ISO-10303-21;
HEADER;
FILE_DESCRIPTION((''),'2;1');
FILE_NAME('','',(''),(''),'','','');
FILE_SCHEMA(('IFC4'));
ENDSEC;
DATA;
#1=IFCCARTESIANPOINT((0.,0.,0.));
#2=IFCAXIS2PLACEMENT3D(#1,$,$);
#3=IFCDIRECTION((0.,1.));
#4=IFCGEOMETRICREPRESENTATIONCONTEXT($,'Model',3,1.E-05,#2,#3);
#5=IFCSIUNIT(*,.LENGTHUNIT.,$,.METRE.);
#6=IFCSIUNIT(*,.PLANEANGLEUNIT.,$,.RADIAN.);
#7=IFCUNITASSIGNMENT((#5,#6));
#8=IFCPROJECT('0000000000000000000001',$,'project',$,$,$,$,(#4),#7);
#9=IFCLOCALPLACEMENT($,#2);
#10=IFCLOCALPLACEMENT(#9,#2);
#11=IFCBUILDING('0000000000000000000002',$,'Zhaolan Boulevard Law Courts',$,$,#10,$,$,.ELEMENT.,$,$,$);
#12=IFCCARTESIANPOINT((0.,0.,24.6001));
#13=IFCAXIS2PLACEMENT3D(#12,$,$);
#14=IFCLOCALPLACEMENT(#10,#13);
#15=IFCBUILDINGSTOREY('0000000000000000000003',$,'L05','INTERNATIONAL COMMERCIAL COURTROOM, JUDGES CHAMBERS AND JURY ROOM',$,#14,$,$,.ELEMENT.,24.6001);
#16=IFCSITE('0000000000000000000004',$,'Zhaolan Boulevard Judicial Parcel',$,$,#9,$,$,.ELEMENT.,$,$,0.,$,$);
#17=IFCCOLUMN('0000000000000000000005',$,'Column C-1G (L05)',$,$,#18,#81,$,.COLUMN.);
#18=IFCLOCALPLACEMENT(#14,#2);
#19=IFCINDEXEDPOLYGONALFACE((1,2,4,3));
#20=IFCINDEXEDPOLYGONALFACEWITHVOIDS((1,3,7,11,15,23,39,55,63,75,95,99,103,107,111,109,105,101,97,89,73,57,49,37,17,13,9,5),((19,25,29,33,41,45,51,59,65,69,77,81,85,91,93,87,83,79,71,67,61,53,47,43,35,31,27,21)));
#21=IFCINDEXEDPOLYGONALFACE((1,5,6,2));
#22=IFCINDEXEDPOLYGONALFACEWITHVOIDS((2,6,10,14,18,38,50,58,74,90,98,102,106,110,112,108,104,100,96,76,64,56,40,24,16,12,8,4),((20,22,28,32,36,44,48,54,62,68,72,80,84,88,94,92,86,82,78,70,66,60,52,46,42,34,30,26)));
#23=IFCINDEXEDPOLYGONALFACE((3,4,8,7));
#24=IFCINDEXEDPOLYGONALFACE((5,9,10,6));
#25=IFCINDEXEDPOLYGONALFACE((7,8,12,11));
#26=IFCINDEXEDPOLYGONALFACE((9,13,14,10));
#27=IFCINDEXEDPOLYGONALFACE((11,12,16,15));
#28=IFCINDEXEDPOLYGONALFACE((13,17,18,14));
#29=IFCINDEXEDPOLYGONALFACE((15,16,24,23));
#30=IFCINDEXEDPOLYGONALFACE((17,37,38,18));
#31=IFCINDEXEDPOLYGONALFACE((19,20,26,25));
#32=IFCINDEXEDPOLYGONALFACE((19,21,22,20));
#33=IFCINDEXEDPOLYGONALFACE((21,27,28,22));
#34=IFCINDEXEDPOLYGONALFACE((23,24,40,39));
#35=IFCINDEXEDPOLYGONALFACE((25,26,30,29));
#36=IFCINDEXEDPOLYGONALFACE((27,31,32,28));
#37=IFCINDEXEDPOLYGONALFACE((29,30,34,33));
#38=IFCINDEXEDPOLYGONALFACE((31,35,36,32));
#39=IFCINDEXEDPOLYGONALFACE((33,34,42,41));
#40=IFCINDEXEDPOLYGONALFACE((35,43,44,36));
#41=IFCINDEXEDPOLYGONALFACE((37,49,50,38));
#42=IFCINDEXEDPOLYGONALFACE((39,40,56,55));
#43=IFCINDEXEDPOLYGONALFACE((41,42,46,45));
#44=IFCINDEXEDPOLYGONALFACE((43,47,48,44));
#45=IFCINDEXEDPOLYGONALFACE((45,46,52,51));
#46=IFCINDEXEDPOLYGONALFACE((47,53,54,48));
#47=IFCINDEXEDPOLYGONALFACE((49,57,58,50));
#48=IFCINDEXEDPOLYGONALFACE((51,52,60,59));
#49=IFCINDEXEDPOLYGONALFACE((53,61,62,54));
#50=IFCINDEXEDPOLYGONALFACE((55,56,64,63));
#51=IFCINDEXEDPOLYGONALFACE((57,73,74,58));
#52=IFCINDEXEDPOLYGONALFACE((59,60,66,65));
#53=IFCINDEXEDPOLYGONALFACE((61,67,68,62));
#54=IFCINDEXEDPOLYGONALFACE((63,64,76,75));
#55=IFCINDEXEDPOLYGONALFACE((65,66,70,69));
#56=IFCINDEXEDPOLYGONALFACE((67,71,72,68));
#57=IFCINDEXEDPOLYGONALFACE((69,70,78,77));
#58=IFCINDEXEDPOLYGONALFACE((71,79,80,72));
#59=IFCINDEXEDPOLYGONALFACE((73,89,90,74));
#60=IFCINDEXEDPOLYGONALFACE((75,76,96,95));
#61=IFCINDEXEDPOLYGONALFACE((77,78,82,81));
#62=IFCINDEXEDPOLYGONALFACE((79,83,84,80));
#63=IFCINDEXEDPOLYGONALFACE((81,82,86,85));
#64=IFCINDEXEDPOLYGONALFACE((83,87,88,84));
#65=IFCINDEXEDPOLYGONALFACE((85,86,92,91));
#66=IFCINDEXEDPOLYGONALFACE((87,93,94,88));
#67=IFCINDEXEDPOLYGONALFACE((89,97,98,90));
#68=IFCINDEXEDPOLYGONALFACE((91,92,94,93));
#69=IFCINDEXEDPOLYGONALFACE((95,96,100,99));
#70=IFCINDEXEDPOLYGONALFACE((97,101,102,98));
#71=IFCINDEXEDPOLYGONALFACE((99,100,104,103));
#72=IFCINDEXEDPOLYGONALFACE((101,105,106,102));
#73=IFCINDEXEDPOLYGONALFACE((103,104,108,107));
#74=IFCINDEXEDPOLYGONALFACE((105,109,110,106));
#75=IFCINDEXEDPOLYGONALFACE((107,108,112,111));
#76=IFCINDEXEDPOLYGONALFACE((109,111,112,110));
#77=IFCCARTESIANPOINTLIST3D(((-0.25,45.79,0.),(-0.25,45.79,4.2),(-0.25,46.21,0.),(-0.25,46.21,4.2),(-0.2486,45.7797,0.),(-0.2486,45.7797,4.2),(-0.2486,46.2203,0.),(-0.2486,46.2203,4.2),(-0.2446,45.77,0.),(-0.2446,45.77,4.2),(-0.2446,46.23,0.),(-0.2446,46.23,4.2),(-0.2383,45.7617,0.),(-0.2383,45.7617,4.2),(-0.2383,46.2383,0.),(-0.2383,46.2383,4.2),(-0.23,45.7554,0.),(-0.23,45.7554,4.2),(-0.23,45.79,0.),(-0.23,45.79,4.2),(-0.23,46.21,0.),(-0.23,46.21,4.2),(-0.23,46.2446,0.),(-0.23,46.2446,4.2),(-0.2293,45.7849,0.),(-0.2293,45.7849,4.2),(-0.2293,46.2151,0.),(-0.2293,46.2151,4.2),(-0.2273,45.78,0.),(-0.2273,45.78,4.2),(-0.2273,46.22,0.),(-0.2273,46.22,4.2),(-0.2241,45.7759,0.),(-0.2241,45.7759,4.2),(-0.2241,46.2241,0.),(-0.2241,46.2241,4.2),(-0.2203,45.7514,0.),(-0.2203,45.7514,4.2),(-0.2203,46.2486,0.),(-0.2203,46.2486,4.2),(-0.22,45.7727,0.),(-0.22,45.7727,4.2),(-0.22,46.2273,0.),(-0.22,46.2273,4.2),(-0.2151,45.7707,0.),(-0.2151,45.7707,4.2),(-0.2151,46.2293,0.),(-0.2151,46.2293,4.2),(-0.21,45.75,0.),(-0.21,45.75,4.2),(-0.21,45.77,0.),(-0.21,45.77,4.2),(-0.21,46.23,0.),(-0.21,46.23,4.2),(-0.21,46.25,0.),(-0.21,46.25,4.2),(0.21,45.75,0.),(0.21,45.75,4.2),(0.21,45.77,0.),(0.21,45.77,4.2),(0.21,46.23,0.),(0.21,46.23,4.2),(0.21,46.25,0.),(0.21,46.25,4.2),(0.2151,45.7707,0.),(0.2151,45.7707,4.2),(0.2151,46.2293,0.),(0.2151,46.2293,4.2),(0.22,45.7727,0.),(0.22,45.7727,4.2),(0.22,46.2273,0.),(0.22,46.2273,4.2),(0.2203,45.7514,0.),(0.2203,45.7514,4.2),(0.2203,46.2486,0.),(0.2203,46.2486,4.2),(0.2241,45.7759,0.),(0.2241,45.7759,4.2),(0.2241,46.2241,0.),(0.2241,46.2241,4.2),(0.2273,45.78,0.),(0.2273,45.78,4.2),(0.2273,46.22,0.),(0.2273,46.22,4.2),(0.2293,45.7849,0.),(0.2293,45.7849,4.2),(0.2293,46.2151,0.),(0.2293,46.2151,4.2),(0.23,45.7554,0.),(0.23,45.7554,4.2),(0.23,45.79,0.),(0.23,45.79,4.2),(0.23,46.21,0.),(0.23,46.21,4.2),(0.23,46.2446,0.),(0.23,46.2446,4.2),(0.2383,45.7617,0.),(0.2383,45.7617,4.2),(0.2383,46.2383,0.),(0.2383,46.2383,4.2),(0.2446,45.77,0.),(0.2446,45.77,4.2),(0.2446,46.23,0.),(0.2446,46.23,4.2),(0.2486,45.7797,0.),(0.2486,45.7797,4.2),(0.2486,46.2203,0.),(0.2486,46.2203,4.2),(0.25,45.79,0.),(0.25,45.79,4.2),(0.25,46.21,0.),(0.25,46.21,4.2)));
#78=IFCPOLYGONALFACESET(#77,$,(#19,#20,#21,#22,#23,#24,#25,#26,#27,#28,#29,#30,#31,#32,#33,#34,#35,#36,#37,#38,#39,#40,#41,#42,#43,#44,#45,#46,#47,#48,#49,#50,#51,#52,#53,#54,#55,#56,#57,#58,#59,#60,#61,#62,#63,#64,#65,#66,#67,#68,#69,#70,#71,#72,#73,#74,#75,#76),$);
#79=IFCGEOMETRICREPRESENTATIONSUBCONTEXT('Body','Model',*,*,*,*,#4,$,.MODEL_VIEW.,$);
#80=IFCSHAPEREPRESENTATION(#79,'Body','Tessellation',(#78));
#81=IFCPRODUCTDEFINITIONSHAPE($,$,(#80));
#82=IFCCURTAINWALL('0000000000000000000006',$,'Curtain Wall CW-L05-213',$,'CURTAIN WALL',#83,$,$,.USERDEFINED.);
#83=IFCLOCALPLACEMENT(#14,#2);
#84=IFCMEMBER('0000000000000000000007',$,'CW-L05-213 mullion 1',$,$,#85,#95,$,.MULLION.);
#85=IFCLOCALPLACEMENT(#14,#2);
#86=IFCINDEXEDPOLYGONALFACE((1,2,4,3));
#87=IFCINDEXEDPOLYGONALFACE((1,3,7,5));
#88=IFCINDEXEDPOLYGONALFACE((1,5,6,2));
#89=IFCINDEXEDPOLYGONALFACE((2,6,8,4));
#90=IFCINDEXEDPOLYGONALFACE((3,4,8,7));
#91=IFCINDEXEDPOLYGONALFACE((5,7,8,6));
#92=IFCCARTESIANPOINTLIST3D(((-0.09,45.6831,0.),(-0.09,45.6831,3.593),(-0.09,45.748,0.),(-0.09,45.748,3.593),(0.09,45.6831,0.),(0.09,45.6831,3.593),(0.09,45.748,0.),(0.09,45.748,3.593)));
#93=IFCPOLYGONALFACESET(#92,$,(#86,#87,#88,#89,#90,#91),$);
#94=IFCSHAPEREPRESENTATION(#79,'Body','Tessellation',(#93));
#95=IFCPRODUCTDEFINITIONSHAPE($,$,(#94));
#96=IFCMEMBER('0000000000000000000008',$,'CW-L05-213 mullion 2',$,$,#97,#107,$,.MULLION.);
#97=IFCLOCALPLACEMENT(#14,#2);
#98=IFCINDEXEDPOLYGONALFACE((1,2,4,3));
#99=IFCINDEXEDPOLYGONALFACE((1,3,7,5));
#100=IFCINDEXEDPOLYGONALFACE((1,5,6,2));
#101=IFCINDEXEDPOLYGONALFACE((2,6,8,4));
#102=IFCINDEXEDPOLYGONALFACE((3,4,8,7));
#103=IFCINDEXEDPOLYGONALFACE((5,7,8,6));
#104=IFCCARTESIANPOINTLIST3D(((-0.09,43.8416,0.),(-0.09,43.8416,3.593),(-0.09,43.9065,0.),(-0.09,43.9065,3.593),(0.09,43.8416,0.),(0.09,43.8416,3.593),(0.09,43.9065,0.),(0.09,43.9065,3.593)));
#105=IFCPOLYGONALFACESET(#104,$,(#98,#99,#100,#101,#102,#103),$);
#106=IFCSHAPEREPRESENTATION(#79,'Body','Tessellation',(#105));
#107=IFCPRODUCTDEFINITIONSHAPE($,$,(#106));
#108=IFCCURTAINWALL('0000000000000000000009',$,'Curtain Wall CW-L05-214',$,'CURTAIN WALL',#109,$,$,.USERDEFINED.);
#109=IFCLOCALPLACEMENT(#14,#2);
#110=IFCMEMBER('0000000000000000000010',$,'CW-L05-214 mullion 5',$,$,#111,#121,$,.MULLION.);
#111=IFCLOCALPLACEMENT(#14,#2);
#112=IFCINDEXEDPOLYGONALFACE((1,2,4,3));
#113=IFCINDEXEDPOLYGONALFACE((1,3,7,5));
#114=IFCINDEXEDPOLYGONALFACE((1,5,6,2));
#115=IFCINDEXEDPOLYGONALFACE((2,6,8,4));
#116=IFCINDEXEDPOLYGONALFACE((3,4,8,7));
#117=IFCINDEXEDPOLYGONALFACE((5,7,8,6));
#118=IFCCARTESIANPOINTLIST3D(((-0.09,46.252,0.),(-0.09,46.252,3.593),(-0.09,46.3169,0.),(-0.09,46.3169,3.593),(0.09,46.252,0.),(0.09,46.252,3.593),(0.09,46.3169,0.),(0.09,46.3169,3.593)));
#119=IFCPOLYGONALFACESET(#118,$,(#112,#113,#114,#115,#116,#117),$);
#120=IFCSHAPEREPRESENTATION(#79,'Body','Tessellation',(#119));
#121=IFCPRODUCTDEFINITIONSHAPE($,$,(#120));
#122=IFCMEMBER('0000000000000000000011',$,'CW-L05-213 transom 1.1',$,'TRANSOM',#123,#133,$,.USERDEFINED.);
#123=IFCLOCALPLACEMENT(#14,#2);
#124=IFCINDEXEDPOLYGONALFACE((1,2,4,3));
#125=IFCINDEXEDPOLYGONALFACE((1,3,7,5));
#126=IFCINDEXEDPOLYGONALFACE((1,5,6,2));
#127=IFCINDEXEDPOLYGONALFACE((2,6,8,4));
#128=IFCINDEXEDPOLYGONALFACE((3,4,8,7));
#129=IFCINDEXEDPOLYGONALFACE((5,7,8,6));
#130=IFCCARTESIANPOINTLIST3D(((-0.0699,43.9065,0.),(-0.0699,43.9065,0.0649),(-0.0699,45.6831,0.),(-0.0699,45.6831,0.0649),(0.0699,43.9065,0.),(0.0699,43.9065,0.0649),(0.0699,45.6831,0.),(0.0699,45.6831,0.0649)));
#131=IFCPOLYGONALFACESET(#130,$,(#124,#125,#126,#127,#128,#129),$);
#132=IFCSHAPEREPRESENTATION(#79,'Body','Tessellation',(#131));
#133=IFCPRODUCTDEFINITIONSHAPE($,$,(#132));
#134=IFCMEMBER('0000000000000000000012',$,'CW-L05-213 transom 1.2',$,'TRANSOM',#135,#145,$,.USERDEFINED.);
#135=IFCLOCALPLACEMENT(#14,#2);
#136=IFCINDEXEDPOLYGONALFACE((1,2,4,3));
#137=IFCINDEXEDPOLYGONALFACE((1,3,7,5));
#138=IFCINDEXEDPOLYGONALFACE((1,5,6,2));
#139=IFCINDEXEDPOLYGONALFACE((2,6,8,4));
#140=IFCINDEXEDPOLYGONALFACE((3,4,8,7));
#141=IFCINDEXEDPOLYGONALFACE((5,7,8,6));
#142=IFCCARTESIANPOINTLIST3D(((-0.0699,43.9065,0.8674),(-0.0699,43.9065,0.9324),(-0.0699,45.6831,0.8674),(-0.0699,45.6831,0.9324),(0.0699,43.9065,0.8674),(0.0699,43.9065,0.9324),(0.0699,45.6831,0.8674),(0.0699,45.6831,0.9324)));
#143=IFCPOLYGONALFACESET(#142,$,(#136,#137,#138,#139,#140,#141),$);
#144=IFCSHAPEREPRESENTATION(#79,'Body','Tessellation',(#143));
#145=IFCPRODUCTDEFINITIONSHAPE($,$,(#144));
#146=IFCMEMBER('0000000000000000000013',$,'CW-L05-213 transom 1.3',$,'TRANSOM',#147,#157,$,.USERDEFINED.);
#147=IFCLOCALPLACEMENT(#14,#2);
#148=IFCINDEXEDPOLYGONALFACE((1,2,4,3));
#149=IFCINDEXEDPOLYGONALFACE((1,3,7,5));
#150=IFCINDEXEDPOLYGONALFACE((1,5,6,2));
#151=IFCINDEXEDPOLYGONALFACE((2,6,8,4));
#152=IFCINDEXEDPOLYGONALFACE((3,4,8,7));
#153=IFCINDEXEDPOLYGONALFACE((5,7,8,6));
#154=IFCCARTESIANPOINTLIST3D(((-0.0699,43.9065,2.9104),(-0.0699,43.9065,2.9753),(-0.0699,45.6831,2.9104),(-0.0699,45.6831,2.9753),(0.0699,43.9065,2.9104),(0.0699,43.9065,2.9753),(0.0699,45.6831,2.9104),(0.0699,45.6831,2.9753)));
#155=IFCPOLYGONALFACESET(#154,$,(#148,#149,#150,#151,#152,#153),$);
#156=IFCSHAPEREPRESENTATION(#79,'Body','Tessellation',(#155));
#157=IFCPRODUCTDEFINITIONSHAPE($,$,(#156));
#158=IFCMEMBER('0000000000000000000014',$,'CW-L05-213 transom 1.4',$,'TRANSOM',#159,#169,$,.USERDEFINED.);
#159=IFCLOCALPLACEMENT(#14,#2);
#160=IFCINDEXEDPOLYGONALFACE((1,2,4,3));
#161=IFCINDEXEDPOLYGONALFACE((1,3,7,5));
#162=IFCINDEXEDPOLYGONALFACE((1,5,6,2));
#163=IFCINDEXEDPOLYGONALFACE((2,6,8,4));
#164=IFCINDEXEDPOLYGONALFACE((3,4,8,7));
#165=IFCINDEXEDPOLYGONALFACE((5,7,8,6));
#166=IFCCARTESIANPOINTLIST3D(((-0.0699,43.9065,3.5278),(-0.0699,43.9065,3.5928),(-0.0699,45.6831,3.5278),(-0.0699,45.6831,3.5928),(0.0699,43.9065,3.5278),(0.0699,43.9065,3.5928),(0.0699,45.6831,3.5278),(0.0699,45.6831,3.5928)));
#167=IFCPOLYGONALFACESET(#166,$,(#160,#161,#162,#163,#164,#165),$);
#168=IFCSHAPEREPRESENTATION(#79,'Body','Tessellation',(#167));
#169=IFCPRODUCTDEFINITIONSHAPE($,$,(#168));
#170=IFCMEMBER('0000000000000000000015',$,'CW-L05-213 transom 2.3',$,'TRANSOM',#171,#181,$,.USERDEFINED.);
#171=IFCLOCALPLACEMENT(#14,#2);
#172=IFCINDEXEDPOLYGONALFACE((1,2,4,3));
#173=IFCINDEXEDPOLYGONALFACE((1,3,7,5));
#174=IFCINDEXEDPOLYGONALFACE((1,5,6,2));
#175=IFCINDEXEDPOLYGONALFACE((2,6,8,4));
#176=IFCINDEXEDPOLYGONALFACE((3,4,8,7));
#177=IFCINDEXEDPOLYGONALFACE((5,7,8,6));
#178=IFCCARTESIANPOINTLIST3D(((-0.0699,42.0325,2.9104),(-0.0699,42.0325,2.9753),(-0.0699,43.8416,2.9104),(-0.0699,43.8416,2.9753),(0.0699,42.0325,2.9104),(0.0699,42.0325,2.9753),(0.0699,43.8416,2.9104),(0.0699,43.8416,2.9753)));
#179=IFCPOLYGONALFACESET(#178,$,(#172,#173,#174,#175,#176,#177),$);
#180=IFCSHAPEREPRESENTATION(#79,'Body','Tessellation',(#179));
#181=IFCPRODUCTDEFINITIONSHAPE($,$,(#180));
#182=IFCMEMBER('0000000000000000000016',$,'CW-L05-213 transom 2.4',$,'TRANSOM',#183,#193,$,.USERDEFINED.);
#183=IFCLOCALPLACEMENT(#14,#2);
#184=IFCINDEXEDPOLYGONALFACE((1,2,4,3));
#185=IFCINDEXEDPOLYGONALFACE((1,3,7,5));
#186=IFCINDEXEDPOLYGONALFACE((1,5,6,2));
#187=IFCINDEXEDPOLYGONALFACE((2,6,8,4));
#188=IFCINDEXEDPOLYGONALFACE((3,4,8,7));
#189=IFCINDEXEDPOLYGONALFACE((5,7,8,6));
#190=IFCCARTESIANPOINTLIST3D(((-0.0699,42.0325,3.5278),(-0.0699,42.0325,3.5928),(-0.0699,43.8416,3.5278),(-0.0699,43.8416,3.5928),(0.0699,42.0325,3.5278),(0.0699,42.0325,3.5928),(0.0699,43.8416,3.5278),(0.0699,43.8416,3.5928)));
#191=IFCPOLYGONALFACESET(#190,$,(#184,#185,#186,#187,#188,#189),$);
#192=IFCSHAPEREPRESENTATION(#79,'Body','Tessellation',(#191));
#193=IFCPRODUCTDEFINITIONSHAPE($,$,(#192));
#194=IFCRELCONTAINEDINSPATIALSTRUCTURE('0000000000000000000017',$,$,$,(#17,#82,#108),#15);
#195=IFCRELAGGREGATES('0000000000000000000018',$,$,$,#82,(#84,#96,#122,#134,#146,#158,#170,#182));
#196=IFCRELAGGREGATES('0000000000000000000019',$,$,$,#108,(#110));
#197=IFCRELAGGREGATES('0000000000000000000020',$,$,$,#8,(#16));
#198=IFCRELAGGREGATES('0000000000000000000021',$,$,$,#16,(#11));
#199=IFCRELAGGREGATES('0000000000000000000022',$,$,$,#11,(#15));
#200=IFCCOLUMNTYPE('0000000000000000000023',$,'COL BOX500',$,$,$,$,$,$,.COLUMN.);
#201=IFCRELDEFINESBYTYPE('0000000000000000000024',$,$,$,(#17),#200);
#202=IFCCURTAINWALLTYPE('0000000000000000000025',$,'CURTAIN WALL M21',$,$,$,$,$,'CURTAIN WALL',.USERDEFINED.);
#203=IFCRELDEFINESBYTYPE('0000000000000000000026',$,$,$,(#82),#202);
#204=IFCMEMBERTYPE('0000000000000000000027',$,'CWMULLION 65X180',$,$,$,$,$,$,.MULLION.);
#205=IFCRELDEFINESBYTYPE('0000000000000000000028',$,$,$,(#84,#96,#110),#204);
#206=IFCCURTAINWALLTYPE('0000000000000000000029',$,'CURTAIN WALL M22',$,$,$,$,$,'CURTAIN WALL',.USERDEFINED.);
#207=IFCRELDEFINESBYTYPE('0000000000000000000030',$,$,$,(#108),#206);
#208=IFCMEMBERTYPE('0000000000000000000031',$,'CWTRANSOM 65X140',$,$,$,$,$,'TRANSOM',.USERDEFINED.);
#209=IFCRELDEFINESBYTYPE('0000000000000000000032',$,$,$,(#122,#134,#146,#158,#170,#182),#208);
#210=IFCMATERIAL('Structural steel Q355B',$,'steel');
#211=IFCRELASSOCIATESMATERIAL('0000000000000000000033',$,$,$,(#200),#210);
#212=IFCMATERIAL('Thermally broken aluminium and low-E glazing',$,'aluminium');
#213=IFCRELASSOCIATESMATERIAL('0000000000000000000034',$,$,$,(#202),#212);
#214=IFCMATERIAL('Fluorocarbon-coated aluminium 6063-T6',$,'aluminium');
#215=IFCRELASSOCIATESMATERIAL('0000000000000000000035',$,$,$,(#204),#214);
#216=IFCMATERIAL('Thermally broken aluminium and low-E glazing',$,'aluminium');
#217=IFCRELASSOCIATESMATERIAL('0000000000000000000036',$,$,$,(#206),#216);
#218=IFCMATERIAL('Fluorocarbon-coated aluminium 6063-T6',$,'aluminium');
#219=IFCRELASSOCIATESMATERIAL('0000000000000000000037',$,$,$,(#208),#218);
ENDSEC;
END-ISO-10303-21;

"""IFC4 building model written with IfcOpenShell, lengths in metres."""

from ifc_helpers import new_model, si_unit, direction, frame, origin, origin_2d, place, context, subcontext, project, spatial, rectangle, hollow_rectangle, extrude, material, material_profile, profile_set, type_object, element, aggregate, save


model = new_model("IFC4")

# Units and contexts
model_context = context("Model", 3, precision=1e-05, world=origin(), true_north=direction((0.0, 1.0)))
body_context = subcontext(model_context, "Body", "Model", "MODEL_VIEW")
ifc_project = project(units=[si_unit("LENGTHUNIT", "METRE"), si_unit("PLANEANGLEUNIT", "RADIAN")], contexts=[model_context])

# Site, building, storey
site_placement = place(None, origin())
site = spatial("IfcSite", under=ifc_project, at=site_placement, Name="Zhaolan Boulevard Judicial Parcel", CompositionType="ELEMENT", RefElevation=0.0)
building_placement = place(site_placement, origin())
building = spatial("IfcBuilding", under=site, at=building_placement, Name="Zhaolan Boulevard Law Courts", CompositionType="ELEMENT")
storey_placement = place(building_placement, frame((0.0, 0.0, 24.6001)))
storey = spatial("IfcBuildingStorey", under=building, at=storey_placement, Name="L05", Description="INTERNATIONAL COMMERCIAL COURTROOM, JUDGES CHAMBERS AND JURY ROOM", CompositionType="ELEMENT", Elevation=24.6001)

# Column
ifc_material_1 = material(Name="Structural steel Q355B", Category="steel")
ifc_material_profile_1 = material_profile(ifc_material_1, hollow_rectangle(XDim=0.5, YDim=0.5, WallThickness=0.02, InnerFilletRadius=0.02, OuterFilletRadius=0.04, at=origin_2d()), Name="BOX500x500x20")
ifc_profile_set_1 = profile_set([ifc_material_profile_1], Name="Structural steel Q355B")
column_type = type_object("IfcColumnType", Name="COL BOX500", PredefinedType="COLUMN", material=ifc_profile_set_1)
column_placement = place(storey_placement, frame((0.0, 46.0, 0.0), z_axis=(0.0, 0.0, 1.0), x_axis=(1.0, 0.0, 0.0)))
element("IfcColumn", 1, at=column_placement, inside=storey, type_object=column_type, Name="Column C-1G (L05)", PredefinedType="COLUMN", context=body_context, shape_type="SweptSolid", body=[
    extrude(hollow_rectangle(XDim=0.5, YDim=0.5, WallThickness=0.02, InnerFilletRadius=0.02, OuterFilletRadius=0.04, at=origin_2d()), origin(), (0.0, 0.0, 1.0), 4.2),
])

# Curtain wall, members
ifc_material_2 = material(Name="Thermally broken aluminium and low-E glazing", Category="aluminium")
curtain_wall_type_1 = type_object("IfcCurtainWallType", Name="CURTAIN WALL M21", ElementType="CURTAIN WALL", PredefinedType="USERDEFINED", material=ifc_material_2)
curtain_wall_1_placement = place(storey_placement, origin())
curtain_wall_1 = element("IfcCurtainWall", 2, at=curtain_wall_1_placement, inside=storey, type_object=curtain_wall_type_1, Name="Curtain Wall CW-L05-213", ObjectType="CURTAIN WALL", PredefinedType="USERDEFINED")
ifc_material_3 = material(Name="Fluorocarbon-coated aluminium 6063-T6", Category="aluminium")
ifc_material_profile_2 = material_profile(ifc_material_3, rectangle(XDim=0.1799, YDim=0.0649, at=origin_2d()), Name="AL65x180")
ifc_profile_set_2 = profile_set([ifc_material_profile_2], Name="Fluorocarbon-coated aluminium 6063-T6")
member_type_1 = type_object("IfcMemberType", Name="CWMULLION 65X180", PredefinedType="MULLION", material=ifc_profile_set_2)
member_1_placement = place(storey_placement, frame((0.0, 45.7156, 0.0), z_axis=(0.0, 0.0, 1.0), x_axis=(1.0, 0.0, 0.0)))
member_1 = element("IfcMember", 3, at=member_1_placement, type_object=member_type_1, Name="CW-L05-213 mullion 1", PredefinedType="MULLION", context=body_context, shape_type="SweptSolid", body=[
    extrude(rectangle(XDim=0.1799, YDim=0.0649, at=origin_2d()), origin(), (0.0, 0.0, 1.0), 3.593),
])
member_2_placement = place(storey_placement, frame((0.0, 43.874, 0.0), z_axis=(0.0, 0.0, 1.0), x_axis=(1.0, 0.0, 0.0)))
member_2 = element("IfcMember", 4, at=member_2_placement, type_object=member_type_1, Name="CW-L05-213 mullion 2", PredefinedType="MULLION", context=body_context, shape_type="SweptSolid", body=[
    extrude(rectangle(XDim=0.1799, YDim=0.0649, at=origin_2d()), origin(), (0.0, 0.0, 1.0), 3.593),
])

# Curtain wall, member
ifc_material_4 = material(Name="Thermally broken aluminium and low-E glazing", Category="aluminium")
curtain_wall_type_2 = type_object("IfcCurtainWallType", Name="CURTAIN WALL M22", ElementType="CURTAIN WALL", PredefinedType="USERDEFINED", material=ifc_material_4)
curtain_wall_2_placement = place(storey_placement, origin())
curtain_wall_2 = element("IfcCurtainWall", 5, at=curtain_wall_2_placement, inside=storey, type_object=curtain_wall_type_2, Name="Curtain Wall CW-L05-214", ObjectType="CURTAIN WALL", PredefinedType="USERDEFINED")
member_3_placement = place(storey_placement, frame((0.0, 46.2844, 0.0), z_axis=(0.0, 0.0, 1.0), x_axis=(1.0, 0.0, 0.0)))
member_3 = element("IfcMember", 6, at=member_3_placement, type_object=member_type_1, Name="CW-L05-214 mullion 5", PredefinedType="MULLION", context=body_context, shape_type="SweptSolid", body=[
    extrude(rectangle(XDim=0.1799, YDim=0.0649, at=origin_2d()), origin(), (0.0, 0.0, 1.0), 3.593),
])

# Members
ifc_material_5 = material(Name="Fluorocarbon-coated aluminium 6063-T6", Category="aluminium")
ifc_material_profile_3 = material_profile(ifc_material_5, rectangle(XDim=0.1399, YDim=0.0649, at=origin_2d()), Name="AL65x140")
ifc_profile_set_3 = profile_set([ifc_material_profile_3], Name="Fluorocarbon-coated aluminium 6063-T6")
member_type_2 = type_object("IfcMemberType", Name="CWTRANSOM 65X140", ElementType="TRANSOM", PredefinedType="USERDEFINED", material=ifc_profile_set_3)
member_4_placement = place(storey_placement, frame((0.0, 45.6831, 0.0325), z_axis=(0.0, -1.0, 0.0), x_axis=(1.0, 0.0, 0.0)))
member_4 = element("IfcMember", 7, at=member_4_placement, type_object=member_type_2, Name="CW-L05-213 transom 1.1", ObjectType="TRANSOM", PredefinedType="USERDEFINED", context=body_context, shape_type="SweptSolid", body=[
    extrude(rectangle(XDim=0.1399, YDim=0.0649, at=origin_2d()), origin(), (0.0, 0.0, 1.0), 1.7766),
])
member_5_placement = place(storey_placement, frame((0.0, 45.6831, 0.8999), z_axis=(0.0, -1.0, 0.0), x_axis=(1.0, 0.0, 0.0)))
member_5 = element("IfcMember", 8, at=member_5_placement, type_object=member_type_2, Name="CW-L05-213 transom 1.2", ObjectType="TRANSOM", PredefinedType="USERDEFINED", context=body_context, shape_type="SweptSolid", body=[
    extrude(rectangle(XDim=0.1399, YDim=0.0649, at=origin_2d()), origin(), (0.0, 0.0, 1.0), 1.7766),
])
member_6_placement = place(storey_placement, frame((0.0, 45.6831, 2.9429), z_axis=(0.0, -1.0, 0.0), x_axis=(1.0, 0.0, 0.0)))
member_6 = element("IfcMember", 9, at=member_6_placement, type_object=member_type_2, Name="CW-L05-213 transom 1.3", ObjectType="TRANSOM", PredefinedType="USERDEFINED", context=body_context, shape_type="SweptSolid", body=[
    extrude(rectangle(XDim=0.1399, YDim=0.0649, at=origin_2d()), origin(), (0.0, 0.0, 1.0), 1.7766),
])
member_7_placement = place(storey_placement, frame((0.0, 45.6831, 3.5603), z_axis=(0.0, -1.0, 0.0), x_axis=(1.0, 0.0, 0.0)))
member_7 = element("IfcMember", 10, at=member_7_placement, type_object=member_type_2, Name="CW-L05-213 transom 1.4", ObjectType="TRANSOM", PredefinedType="USERDEFINED", context=body_context, shape_type="SweptSolid", body=[
    extrude(rectangle(XDim=0.1399, YDim=0.0649, at=origin_2d()), origin(), (0.0, 0.0, 1.0), 1.7766),
])
member_8_placement = place(storey_placement, frame((0.0, 43.8416, 2.9429), z_axis=(0.0, -1.0, 0.0), x_axis=(1.0, 0.0, 0.0)))
member_8 = element("IfcMember", 11, at=member_8_placement, type_object=member_type_2, Name="CW-L05-213 transom 2.3", ObjectType="TRANSOM", PredefinedType="USERDEFINED", context=body_context, shape_type="SweptSolid", body=[
    extrude(rectangle(XDim=0.1399, YDim=0.0649, at=origin_2d()), origin(), (0.0, 0.0, 1.0), 1.8091),
])
member_9_placement = place(storey_placement, frame((0.0, 43.8416, 3.5603), z_axis=(0.0, -1.0, 0.0), x_axis=(1.0, 0.0, 0.0)))
member_9 = element("IfcMember", 12, at=member_9_placement, type_object=member_type_2, Name="CW-L05-213 transom 2.4", ObjectType="TRANSOM", PredefinedType="USERDEFINED", context=body_context, shape_type="SweptSolid", body=[
    extrude(rectangle(XDim=0.1399, YDim=0.0649, at=origin_2d()), origin(), (0.0, 0.0, 1.0), 1.8091),
])

aggregate(curtain_wall_1, [member_1, member_2, member_4, member_5, member_6, member_7, member_8, member_9])
aggregate(curtain_wall_2, [member_3])

save(model, "model.ifc")
